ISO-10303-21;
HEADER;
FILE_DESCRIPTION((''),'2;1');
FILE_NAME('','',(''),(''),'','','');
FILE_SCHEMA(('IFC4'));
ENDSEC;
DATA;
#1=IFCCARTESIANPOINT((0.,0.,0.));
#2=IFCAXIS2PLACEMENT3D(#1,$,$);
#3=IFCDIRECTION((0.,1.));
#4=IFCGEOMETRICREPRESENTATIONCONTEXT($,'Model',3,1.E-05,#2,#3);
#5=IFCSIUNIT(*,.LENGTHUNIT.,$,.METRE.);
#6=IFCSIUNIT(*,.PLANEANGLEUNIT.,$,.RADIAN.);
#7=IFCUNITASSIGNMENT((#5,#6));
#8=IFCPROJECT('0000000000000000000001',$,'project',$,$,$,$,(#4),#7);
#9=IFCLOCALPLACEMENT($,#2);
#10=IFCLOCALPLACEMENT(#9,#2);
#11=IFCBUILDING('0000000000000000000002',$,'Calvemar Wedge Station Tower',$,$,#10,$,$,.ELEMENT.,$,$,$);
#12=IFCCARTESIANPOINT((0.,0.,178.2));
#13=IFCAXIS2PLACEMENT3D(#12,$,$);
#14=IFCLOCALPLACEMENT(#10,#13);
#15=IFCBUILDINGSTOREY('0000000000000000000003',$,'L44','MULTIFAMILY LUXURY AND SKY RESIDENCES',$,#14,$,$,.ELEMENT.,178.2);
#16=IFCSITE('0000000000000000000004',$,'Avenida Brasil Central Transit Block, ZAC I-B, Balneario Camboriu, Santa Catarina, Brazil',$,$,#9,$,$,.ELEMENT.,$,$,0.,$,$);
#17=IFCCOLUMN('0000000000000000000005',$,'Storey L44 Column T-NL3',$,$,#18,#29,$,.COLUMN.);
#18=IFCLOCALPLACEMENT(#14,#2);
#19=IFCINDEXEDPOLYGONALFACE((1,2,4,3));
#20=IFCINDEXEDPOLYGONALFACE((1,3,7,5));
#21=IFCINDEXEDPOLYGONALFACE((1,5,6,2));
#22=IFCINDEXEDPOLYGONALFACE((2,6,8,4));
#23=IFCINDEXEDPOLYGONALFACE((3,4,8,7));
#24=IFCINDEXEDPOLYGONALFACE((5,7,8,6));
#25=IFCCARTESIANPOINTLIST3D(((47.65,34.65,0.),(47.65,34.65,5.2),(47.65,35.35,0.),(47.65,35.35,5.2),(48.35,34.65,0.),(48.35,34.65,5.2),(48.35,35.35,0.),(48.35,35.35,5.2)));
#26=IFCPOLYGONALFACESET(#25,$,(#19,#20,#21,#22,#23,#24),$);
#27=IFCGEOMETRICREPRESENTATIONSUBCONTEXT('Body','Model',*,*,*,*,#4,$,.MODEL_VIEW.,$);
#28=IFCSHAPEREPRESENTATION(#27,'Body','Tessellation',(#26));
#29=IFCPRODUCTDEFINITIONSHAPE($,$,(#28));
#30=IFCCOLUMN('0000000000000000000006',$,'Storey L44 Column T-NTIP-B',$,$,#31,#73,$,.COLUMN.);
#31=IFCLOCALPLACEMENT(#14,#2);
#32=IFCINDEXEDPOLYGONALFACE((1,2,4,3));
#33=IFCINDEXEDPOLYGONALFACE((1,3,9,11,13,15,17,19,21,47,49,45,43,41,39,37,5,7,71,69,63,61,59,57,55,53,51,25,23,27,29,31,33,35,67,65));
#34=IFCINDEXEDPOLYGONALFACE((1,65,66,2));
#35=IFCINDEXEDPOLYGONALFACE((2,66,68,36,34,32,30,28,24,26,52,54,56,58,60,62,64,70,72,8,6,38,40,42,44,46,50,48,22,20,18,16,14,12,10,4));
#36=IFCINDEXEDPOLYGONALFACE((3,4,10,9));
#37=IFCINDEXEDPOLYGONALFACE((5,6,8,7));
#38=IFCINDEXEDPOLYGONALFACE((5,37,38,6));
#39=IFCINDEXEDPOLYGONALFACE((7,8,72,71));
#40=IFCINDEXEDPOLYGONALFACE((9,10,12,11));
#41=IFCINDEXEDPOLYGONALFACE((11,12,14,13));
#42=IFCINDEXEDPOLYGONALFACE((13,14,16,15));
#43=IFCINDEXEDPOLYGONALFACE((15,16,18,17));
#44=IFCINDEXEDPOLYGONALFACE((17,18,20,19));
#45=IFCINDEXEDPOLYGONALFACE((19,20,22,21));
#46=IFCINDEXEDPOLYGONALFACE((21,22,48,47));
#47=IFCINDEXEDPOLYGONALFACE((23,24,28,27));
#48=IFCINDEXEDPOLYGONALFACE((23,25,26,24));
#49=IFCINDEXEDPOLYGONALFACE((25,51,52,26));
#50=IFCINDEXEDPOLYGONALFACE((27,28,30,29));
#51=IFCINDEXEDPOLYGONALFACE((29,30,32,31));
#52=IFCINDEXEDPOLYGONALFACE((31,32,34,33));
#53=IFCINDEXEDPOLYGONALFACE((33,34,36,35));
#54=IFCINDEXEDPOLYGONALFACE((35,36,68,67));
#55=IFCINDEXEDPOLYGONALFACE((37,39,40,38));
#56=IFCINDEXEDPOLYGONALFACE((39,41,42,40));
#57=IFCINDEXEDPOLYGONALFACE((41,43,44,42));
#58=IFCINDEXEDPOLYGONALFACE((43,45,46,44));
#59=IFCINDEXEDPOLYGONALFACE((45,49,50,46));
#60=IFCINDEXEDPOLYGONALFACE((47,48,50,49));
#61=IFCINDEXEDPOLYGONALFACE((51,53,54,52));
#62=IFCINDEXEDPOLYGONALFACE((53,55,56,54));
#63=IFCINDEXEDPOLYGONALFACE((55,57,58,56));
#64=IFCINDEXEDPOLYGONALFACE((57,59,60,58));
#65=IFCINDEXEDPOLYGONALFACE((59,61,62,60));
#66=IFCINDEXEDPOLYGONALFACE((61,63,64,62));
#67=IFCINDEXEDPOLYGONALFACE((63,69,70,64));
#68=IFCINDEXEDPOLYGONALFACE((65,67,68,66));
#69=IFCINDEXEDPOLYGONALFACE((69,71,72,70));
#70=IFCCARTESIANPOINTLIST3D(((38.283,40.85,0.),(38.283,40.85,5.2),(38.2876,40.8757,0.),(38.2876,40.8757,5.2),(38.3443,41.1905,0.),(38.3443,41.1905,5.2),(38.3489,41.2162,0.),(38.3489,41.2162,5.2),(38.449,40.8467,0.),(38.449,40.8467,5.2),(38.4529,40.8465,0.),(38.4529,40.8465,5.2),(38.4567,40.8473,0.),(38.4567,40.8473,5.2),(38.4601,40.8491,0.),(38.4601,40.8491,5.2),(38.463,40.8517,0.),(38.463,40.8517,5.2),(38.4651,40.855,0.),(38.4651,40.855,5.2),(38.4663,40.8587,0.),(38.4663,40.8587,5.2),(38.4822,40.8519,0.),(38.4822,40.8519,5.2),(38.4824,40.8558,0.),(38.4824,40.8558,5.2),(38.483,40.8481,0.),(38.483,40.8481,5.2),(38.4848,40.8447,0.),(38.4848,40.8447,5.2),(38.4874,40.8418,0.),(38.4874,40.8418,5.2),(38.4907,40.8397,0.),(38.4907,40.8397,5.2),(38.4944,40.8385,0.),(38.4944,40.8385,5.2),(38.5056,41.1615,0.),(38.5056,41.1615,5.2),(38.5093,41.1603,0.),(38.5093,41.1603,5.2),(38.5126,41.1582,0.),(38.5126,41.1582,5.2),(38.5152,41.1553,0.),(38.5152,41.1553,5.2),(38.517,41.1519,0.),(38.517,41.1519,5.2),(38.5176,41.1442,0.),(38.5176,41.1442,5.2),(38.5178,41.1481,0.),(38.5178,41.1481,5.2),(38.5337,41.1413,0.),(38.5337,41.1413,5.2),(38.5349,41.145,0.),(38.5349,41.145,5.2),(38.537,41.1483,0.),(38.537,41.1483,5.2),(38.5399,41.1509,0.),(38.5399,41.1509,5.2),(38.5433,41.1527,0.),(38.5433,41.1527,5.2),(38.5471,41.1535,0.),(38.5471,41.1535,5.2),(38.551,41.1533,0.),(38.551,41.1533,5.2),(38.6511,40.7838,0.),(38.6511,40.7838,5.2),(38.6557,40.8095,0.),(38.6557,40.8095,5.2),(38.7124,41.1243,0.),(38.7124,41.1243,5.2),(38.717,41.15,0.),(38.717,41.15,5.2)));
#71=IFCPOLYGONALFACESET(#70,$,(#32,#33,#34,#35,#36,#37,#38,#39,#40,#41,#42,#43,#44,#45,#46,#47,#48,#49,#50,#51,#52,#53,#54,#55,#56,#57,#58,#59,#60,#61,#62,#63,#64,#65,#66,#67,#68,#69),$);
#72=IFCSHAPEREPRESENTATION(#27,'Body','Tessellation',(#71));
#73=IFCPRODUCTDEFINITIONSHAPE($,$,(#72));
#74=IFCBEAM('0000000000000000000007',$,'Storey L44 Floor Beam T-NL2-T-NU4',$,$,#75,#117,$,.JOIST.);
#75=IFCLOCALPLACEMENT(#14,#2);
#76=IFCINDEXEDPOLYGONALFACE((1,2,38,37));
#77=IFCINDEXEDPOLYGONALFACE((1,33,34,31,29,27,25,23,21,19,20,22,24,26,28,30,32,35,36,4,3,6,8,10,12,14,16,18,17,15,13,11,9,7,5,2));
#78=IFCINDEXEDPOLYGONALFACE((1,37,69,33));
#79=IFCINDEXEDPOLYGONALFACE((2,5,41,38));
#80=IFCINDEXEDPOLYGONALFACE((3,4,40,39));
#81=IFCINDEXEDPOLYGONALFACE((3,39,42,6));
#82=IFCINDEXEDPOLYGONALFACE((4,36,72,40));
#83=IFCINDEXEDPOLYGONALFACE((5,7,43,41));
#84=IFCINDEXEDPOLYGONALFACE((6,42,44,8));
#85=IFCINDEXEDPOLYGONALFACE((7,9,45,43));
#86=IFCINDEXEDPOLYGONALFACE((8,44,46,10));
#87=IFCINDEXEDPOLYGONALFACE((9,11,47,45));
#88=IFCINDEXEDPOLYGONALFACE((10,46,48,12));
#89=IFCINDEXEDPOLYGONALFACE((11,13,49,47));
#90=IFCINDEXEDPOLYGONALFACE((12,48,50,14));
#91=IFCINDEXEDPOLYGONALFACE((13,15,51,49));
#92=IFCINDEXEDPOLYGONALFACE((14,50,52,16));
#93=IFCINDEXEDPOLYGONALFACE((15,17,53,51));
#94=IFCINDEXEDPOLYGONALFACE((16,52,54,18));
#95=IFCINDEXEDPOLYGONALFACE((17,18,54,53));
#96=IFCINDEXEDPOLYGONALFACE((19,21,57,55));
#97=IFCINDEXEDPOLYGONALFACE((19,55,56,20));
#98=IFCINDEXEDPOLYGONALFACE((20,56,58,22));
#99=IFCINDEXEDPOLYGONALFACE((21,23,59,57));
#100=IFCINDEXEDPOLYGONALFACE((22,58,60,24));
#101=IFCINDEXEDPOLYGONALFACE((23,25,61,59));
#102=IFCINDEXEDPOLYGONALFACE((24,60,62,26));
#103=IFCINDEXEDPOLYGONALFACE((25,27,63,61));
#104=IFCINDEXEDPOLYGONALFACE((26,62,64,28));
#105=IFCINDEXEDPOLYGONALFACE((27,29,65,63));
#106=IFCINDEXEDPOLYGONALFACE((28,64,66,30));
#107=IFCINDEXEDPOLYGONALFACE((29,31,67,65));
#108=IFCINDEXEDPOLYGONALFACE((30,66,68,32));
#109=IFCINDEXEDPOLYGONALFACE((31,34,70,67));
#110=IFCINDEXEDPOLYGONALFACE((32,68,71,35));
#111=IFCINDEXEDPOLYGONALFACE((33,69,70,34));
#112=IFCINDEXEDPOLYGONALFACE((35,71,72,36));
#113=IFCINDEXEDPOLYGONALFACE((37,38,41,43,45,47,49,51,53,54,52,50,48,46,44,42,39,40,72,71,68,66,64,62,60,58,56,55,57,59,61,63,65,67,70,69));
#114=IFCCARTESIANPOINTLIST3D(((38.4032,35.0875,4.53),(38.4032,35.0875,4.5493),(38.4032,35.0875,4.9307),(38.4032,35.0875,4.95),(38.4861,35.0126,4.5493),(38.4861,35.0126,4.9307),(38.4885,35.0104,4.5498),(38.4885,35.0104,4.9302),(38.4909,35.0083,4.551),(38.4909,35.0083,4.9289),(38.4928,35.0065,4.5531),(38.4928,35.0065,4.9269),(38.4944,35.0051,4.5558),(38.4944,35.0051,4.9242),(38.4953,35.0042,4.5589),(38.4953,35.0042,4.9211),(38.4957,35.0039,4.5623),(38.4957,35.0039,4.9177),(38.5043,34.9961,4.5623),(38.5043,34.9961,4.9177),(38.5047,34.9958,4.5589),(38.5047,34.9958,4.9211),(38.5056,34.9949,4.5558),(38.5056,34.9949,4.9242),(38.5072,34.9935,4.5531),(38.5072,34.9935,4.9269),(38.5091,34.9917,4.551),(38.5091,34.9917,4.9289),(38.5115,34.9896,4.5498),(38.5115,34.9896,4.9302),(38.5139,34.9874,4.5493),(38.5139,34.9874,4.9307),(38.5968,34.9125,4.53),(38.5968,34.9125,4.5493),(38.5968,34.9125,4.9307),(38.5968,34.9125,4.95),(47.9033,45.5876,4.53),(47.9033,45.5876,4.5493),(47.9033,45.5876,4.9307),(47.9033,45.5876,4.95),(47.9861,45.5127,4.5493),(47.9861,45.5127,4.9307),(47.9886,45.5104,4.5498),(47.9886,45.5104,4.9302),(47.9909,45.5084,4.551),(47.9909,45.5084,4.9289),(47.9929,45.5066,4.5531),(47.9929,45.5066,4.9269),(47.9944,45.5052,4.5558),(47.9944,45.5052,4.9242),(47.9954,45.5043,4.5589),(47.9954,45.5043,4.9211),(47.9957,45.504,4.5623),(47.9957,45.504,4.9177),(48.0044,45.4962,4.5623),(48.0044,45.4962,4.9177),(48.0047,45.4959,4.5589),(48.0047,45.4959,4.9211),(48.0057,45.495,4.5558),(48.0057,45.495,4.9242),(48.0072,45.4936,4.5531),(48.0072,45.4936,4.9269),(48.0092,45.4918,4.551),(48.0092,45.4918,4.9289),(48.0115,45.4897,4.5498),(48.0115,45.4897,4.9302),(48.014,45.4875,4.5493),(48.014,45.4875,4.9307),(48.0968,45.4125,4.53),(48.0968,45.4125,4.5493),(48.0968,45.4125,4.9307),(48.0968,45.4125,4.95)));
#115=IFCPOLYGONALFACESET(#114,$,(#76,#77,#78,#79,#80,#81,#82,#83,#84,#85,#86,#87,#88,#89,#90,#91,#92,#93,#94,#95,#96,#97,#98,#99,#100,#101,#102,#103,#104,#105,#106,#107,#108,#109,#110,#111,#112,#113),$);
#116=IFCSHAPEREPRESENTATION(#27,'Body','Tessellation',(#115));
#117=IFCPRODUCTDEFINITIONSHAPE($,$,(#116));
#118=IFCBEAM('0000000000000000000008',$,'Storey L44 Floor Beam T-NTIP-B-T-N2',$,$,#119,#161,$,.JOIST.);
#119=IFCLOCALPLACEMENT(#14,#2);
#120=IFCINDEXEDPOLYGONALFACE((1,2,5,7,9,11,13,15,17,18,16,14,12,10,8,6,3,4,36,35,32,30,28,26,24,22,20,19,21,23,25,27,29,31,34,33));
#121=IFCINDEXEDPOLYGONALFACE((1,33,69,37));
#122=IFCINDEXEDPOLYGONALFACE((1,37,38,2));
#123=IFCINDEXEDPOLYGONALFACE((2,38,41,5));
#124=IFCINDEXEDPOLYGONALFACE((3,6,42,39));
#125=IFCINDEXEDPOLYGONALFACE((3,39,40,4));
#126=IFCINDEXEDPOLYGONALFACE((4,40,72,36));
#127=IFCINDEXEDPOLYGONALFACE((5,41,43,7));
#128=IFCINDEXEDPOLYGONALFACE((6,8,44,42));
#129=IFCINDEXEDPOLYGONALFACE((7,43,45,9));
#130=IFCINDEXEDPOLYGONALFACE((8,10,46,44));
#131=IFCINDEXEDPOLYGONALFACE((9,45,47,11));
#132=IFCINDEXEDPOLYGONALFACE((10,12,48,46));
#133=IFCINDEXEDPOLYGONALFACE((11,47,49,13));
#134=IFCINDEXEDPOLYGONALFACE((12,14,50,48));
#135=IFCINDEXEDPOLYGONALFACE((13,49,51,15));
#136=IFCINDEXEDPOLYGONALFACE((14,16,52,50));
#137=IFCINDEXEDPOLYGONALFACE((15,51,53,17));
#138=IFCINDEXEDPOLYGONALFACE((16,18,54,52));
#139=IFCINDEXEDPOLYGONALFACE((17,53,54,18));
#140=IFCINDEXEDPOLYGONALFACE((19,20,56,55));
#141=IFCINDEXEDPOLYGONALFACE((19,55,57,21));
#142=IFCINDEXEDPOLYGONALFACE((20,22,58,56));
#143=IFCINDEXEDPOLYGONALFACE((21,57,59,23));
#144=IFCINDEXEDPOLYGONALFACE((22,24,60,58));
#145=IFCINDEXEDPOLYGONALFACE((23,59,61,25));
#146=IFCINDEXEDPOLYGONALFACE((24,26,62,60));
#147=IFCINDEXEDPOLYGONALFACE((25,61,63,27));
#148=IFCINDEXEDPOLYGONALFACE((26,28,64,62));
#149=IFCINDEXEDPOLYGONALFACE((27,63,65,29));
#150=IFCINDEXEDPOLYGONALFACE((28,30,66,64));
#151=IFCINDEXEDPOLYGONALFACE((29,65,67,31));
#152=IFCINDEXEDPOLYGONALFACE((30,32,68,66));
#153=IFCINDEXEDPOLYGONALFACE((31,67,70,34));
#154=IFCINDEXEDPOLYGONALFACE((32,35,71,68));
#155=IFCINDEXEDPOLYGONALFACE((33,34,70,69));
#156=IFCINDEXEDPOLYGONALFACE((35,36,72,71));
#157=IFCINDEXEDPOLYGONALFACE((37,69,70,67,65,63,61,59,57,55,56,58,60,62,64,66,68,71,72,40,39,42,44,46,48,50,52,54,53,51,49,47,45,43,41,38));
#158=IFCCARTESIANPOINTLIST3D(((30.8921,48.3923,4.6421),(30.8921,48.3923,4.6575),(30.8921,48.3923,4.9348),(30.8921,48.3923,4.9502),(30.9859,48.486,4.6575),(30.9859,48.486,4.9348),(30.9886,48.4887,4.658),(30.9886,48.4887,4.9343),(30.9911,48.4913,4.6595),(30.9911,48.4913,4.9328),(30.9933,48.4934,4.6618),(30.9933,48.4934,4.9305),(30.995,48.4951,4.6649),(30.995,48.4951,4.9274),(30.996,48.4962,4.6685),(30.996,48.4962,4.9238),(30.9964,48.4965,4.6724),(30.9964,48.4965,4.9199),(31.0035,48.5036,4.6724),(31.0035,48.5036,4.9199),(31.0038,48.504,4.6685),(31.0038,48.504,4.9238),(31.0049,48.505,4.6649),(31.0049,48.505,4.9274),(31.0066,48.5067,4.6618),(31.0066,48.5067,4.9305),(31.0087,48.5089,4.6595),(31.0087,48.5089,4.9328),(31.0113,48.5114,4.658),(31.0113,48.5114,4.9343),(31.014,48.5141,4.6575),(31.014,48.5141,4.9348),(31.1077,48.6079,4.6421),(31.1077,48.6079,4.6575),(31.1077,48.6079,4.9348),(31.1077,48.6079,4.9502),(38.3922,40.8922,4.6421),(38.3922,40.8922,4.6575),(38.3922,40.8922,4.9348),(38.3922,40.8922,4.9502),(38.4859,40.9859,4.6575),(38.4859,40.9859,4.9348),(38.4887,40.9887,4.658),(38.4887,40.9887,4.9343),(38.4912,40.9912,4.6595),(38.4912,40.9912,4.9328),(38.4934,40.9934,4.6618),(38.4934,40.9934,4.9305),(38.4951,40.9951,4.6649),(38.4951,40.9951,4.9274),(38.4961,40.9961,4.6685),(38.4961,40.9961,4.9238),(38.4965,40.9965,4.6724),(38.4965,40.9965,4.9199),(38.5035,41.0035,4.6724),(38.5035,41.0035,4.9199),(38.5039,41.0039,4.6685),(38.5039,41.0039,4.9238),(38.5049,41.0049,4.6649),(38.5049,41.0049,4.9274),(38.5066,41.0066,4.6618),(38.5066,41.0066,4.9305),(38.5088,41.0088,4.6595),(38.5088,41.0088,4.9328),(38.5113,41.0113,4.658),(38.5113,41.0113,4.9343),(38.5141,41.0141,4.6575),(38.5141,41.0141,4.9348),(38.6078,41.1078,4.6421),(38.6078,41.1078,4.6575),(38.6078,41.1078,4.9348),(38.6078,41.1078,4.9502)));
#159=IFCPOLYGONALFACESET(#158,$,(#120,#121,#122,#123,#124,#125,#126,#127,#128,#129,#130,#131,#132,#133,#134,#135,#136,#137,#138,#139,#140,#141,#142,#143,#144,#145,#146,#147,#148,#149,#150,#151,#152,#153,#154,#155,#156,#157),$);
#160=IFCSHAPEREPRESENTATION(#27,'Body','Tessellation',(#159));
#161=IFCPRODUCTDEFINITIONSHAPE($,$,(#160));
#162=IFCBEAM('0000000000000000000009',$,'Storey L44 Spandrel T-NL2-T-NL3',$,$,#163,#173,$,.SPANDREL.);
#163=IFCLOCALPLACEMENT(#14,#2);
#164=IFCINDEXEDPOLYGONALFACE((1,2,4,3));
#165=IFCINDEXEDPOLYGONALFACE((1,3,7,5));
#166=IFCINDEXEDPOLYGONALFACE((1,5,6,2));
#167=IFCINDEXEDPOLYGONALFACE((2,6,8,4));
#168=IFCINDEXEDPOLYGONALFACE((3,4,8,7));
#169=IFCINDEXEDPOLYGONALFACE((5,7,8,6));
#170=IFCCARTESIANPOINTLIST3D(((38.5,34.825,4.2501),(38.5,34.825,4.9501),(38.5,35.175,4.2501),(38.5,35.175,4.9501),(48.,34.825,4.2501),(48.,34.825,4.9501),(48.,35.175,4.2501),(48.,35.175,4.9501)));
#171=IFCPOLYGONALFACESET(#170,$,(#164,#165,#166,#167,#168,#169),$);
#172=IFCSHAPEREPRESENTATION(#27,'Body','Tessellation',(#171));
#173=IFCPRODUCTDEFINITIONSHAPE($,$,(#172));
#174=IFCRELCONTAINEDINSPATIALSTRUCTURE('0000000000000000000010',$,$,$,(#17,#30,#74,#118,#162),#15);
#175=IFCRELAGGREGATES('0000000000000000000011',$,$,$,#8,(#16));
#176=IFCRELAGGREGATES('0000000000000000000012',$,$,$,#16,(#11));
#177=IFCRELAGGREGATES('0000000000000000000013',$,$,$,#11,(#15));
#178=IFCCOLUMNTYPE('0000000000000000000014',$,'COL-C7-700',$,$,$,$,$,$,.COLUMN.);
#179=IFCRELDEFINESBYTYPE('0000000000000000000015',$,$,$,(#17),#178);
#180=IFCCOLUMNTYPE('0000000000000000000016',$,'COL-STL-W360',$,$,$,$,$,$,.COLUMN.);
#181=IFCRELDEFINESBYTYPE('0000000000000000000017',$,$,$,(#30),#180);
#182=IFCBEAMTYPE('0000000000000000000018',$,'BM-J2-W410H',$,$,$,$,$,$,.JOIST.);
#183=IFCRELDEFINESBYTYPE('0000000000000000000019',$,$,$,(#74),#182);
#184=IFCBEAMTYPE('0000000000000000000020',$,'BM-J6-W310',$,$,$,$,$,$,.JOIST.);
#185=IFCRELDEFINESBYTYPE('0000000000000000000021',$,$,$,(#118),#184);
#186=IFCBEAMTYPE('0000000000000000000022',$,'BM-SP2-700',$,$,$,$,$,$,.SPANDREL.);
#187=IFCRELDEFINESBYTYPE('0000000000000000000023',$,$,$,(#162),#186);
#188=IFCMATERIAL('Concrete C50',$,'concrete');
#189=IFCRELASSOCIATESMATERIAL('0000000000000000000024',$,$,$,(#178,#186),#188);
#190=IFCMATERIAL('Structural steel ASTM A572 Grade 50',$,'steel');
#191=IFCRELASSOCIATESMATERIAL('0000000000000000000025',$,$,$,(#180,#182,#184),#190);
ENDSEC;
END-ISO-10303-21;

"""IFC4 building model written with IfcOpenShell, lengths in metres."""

from ifc_helpers import new_model, si_unit, direction, frame, origin, origin_2d, place, context, subcontext, project, spatial, rectangle, i_section, extrude, source, transform, mapped, material, material_profile, profile_set, type_object, element, save


model = new_model("IFC4")

# Units and contexts
model_context = context("Model", 3, precision=1e-05, world=origin(), true_north=direction((0.0, 1.0)))
body_context = subcontext(model_context, "Body", "Model", "MODEL_VIEW")
ifc_project = project(units=[si_unit("LENGTHUNIT", "METRE"), si_unit("PLANEANGLEUNIT", "RADIAN")], contexts=[model_context])

# Site, building, storey
site_placement = place(None, origin())
site = spatial("IfcSite", under=ifc_project, at=site_placement, Name="Avenida Brasil Central Transit Block, ZAC I-B, Balneario Camboriu, Santa Catarina, Brazil", CompositionType="ELEMENT", RefElevation=0.0)
building_placement = place(site_placement, origin())
building = spatial("IfcBuilding", under=site, at=building_placement, Name="Calvemar Wedge Station Tower", CompositionType="ELEMENT")
storey_placement = place(building_placement, frame((0.0, 0.0, 178.2)))
storey = spatial("IfcBuildingStorey", under=building, at=storey_placement, Name="L44", Description="MULTIFAMILY LUXURY AND SKY RESIDENCES", CompositionType="ELEMENT", Elevation=178.2)

# Columns
ifc_material_1 = material(Name="Concrete C50", Category="concrete")
ifc_material_profile_1 = material_profile(ifc_material_1, rectangle(XDim=0.7, YDim=0.7, at=origin_2d()), Name="RC700x700")
ifc_profile_set_1 = profile_set([ifc_material_profile_1], Name="Concrete C50")
column_type_1 = type_object("IfcColumnType", Name="COL-C7-700", PredefinedType="COLUMN", material=ifc_profile_set_1)
shared_shape_1 = source(origin(), body_context, "Body", "SweptSolid", [
    extrude(rectangle(XDim=0.7, YDim=0.7, at=origin_2d()), origin(), (0.0, 0.0, 1.0), 5.2),
])
column_1_placement = place(storey_placement, frame((48.0, 35.0, 0.0), z_axis=(0.0, 0.0, 1.0), x_axis=(1.0, 0.0, 0.0)))
element("IfcColumn", 1, at=column_1_placement, inside=storey, type_object=column_type_1, Name="Storey L44 Column T-NL3", PredefinedType="COLUMN", context=body_context, shape_type="MappedRepresentation", body=[
    mapped(shared_shape_1, transform((0.0, 0.0, 0.0), scale=1.0)),
])
ifc_material_2 = material(Name="Structural steel ASTM A572 Grade 50", Category="steel")
ifc_material_profile_2 = material_profile(ifc_material_2, i_section(OverallWidth=0.374, OverallDepth=0.3721, WebThickness=0.0164, FlangeThickness=0.0261, FilletRadius=0.0149, at=origin_2d()), Name="W360x196")
ifc_profile_set_2 = profile_set([ifc_material_profile_2], Name="Structural steel ASTM A572 Grade 50")
column_type_2 = type_object("IfcColumnType", Name="COL-STL-W360", PredefinedType="COLUMN", material=ifc_profile_set_2)
shared_shape_2 = source(origin(), body_context, "Body", "SweptSolid", [
    extrude(i_section(OverallWidth=0.374, OverallDepth=0.3721, WebThickness=0.0164, FlangeThickness=0.0261, FilletRadius=0.0149, at=origin_2d()), origin(), (0.0, 0.0, 1.0), 5.2),
])
column_2_placement = place(storey_placement, frame((38.5, 41.0, 0.0), z_axis=(0.0, 0.0, 1.0), x_axis=(0.984196, -0.177085, 0.0)))
element("IfcColumn", 2, at=column_2_placement, inside=storey, type_object=column_type_2, Name="Storey L44 Column T-NTIP-B", PredefinedType="COLUMN", context=body_context, shape_type="MappedRepresentation", body=[
    mapped(shared_shape_2, transform((0.0, 0.0, 0.0), scale=1.0)),
])

# Beams
ifc_material_profile_3 = material_profile(ifc_material_2, i_section(OverallWidth=0.261, OverallDepth=0.4199, WebThickness=0.0117, FlangeThickness=0.0193, FilletRadius=0.0129, at=origin_2d()), Name="W410x114")
ifc_profile_set_3 = profile_set([ifc_material_profile_3], Name="Structural steel ASTM A572 Grade 50")
beam_type_1 = type_object("IfcBeamType", Name="BM-J2-W410H", PredefinedType="JOIST", material=ifc_profile_set_3)
shared_shape_3 = source(origin(), body_context, "Body", "SweptSolid", [
    extrude(i_section(OverallWidth=0.261, OverallDepth=0.4199, WebThickness=0.0117, FlangeThickness=0.0193, FilletRadius=0.0129, at=origin_2d()), origin(), (0.0, 0.0, 1.0), 14.1599),
])
beam_1_placement = place(storey_placement, frame((38.5, 35.0, 4.74), z_axis=(0.670913, 0.741536, 0.0), x_axis=(-0.741536, 0.670913, 0.0)))
element("IfcBeam", 3, at=beam_1_placement, inside=storey, type_object=beam_type_1, Name="Storey L44 Floor Beam T-NL2-T-NU4", PredefinedType="JOIST", context=body_context, shape_type="MappedRepresentation", body=[
    mapped(shared_shape_3, transform((0.0, 0.0, 0.0), scale=1.0)),
])
ifc_material_profile_4 = material_profile(ifc_material_2, i_section(OverallWidth=0.3049, OverallDepth=0.3081, WebThickness=0.01, FlangeThickness=0.0154, FilletRadius=0.0149, at=origin_2d()), Name="W310x97")
ifc_profile_set_4 = profile_set([ifc_material_profile_4], Name="Structural steel ASTM A572 Grade 50")
beam_type_2 = type_object("IfcBeamType", Name="BM-J6-W310", PredefinedType="JOIST", material=ifc_profile_set_4)
shared_shape_4 = source(origin(), body_context, "Body", "SweptSolid", [
    extrude(i_section(OverallWidth=0.3049, OverallDepth=0.3081, WebThickness=0.01, FlangeThickness=0.0154, FilletRadius=0.0149, at=origin_2d()), origin(), (0.0, 0.0, 1.0), 10.6067),
])
beam_2_placement = place(storey_placement, frame((38.5, 41.0, 4.7961), z_axis=(-0.707107, 0.707107, 0.0), x_axis=(-0.707107, -0.707107, 0.0)))
element("IfcBeam", 4, at=beam_2_placement, inside=storey, type_object=beam_type_2, Name="Storey L44 Floor Beam T-NTIP-B-T-N2", PredefinedType="JOIST", context=body_context, shape_type="MappedRepresentation", body=[
    mapped(shared_shape_4, transform((0.0, 0.0, 0.0), scale=1.0)),
])
ifc_material_profile_5 = material_profile(ifc_material_1, rectangle(XDim=0.3501, YDim=0.7, at=origin_2d()), Name="RC350x700")
ifc_profile_set_5 = profile_set([ifc_material_profile_5], Name="Concrete C50")
beam_type_3 = type_object("IfcBeamType", Name="BM-SP2-700", PredefinedType="SPANDREL", material=ifc_profile_set_5)
shared_shape_5 = source(origin(), body_context, "Body", "SweptSolid", [
    extrude(rectangle(XDim=0.3501, YDim=0.7, at=origin_2d()), origin(), (0.0, 0.0, 1.0), 9.5),
])
beam_3_placement = place(storey_placement, frame((38.5, 35.0, 4.6001), z_axis=(1.0, 0.0, 0.0), x_axis=(0.0, 1.0, 0.0)))
element("IfcBeam", 5, at=beam_3_placement, inside=storey, type_object=beam_type_3, Name="Storey L44 Spandrel T-NL2-T-NL3", PredefinedType="SPANDREL", context=body_context, shape_type="MappedRepresentation", body=[
    mapped(shared_shape_5, transform((0.0, 0.0, 0.0), scale=1.0)),
])

save(model, "model.ifc")
